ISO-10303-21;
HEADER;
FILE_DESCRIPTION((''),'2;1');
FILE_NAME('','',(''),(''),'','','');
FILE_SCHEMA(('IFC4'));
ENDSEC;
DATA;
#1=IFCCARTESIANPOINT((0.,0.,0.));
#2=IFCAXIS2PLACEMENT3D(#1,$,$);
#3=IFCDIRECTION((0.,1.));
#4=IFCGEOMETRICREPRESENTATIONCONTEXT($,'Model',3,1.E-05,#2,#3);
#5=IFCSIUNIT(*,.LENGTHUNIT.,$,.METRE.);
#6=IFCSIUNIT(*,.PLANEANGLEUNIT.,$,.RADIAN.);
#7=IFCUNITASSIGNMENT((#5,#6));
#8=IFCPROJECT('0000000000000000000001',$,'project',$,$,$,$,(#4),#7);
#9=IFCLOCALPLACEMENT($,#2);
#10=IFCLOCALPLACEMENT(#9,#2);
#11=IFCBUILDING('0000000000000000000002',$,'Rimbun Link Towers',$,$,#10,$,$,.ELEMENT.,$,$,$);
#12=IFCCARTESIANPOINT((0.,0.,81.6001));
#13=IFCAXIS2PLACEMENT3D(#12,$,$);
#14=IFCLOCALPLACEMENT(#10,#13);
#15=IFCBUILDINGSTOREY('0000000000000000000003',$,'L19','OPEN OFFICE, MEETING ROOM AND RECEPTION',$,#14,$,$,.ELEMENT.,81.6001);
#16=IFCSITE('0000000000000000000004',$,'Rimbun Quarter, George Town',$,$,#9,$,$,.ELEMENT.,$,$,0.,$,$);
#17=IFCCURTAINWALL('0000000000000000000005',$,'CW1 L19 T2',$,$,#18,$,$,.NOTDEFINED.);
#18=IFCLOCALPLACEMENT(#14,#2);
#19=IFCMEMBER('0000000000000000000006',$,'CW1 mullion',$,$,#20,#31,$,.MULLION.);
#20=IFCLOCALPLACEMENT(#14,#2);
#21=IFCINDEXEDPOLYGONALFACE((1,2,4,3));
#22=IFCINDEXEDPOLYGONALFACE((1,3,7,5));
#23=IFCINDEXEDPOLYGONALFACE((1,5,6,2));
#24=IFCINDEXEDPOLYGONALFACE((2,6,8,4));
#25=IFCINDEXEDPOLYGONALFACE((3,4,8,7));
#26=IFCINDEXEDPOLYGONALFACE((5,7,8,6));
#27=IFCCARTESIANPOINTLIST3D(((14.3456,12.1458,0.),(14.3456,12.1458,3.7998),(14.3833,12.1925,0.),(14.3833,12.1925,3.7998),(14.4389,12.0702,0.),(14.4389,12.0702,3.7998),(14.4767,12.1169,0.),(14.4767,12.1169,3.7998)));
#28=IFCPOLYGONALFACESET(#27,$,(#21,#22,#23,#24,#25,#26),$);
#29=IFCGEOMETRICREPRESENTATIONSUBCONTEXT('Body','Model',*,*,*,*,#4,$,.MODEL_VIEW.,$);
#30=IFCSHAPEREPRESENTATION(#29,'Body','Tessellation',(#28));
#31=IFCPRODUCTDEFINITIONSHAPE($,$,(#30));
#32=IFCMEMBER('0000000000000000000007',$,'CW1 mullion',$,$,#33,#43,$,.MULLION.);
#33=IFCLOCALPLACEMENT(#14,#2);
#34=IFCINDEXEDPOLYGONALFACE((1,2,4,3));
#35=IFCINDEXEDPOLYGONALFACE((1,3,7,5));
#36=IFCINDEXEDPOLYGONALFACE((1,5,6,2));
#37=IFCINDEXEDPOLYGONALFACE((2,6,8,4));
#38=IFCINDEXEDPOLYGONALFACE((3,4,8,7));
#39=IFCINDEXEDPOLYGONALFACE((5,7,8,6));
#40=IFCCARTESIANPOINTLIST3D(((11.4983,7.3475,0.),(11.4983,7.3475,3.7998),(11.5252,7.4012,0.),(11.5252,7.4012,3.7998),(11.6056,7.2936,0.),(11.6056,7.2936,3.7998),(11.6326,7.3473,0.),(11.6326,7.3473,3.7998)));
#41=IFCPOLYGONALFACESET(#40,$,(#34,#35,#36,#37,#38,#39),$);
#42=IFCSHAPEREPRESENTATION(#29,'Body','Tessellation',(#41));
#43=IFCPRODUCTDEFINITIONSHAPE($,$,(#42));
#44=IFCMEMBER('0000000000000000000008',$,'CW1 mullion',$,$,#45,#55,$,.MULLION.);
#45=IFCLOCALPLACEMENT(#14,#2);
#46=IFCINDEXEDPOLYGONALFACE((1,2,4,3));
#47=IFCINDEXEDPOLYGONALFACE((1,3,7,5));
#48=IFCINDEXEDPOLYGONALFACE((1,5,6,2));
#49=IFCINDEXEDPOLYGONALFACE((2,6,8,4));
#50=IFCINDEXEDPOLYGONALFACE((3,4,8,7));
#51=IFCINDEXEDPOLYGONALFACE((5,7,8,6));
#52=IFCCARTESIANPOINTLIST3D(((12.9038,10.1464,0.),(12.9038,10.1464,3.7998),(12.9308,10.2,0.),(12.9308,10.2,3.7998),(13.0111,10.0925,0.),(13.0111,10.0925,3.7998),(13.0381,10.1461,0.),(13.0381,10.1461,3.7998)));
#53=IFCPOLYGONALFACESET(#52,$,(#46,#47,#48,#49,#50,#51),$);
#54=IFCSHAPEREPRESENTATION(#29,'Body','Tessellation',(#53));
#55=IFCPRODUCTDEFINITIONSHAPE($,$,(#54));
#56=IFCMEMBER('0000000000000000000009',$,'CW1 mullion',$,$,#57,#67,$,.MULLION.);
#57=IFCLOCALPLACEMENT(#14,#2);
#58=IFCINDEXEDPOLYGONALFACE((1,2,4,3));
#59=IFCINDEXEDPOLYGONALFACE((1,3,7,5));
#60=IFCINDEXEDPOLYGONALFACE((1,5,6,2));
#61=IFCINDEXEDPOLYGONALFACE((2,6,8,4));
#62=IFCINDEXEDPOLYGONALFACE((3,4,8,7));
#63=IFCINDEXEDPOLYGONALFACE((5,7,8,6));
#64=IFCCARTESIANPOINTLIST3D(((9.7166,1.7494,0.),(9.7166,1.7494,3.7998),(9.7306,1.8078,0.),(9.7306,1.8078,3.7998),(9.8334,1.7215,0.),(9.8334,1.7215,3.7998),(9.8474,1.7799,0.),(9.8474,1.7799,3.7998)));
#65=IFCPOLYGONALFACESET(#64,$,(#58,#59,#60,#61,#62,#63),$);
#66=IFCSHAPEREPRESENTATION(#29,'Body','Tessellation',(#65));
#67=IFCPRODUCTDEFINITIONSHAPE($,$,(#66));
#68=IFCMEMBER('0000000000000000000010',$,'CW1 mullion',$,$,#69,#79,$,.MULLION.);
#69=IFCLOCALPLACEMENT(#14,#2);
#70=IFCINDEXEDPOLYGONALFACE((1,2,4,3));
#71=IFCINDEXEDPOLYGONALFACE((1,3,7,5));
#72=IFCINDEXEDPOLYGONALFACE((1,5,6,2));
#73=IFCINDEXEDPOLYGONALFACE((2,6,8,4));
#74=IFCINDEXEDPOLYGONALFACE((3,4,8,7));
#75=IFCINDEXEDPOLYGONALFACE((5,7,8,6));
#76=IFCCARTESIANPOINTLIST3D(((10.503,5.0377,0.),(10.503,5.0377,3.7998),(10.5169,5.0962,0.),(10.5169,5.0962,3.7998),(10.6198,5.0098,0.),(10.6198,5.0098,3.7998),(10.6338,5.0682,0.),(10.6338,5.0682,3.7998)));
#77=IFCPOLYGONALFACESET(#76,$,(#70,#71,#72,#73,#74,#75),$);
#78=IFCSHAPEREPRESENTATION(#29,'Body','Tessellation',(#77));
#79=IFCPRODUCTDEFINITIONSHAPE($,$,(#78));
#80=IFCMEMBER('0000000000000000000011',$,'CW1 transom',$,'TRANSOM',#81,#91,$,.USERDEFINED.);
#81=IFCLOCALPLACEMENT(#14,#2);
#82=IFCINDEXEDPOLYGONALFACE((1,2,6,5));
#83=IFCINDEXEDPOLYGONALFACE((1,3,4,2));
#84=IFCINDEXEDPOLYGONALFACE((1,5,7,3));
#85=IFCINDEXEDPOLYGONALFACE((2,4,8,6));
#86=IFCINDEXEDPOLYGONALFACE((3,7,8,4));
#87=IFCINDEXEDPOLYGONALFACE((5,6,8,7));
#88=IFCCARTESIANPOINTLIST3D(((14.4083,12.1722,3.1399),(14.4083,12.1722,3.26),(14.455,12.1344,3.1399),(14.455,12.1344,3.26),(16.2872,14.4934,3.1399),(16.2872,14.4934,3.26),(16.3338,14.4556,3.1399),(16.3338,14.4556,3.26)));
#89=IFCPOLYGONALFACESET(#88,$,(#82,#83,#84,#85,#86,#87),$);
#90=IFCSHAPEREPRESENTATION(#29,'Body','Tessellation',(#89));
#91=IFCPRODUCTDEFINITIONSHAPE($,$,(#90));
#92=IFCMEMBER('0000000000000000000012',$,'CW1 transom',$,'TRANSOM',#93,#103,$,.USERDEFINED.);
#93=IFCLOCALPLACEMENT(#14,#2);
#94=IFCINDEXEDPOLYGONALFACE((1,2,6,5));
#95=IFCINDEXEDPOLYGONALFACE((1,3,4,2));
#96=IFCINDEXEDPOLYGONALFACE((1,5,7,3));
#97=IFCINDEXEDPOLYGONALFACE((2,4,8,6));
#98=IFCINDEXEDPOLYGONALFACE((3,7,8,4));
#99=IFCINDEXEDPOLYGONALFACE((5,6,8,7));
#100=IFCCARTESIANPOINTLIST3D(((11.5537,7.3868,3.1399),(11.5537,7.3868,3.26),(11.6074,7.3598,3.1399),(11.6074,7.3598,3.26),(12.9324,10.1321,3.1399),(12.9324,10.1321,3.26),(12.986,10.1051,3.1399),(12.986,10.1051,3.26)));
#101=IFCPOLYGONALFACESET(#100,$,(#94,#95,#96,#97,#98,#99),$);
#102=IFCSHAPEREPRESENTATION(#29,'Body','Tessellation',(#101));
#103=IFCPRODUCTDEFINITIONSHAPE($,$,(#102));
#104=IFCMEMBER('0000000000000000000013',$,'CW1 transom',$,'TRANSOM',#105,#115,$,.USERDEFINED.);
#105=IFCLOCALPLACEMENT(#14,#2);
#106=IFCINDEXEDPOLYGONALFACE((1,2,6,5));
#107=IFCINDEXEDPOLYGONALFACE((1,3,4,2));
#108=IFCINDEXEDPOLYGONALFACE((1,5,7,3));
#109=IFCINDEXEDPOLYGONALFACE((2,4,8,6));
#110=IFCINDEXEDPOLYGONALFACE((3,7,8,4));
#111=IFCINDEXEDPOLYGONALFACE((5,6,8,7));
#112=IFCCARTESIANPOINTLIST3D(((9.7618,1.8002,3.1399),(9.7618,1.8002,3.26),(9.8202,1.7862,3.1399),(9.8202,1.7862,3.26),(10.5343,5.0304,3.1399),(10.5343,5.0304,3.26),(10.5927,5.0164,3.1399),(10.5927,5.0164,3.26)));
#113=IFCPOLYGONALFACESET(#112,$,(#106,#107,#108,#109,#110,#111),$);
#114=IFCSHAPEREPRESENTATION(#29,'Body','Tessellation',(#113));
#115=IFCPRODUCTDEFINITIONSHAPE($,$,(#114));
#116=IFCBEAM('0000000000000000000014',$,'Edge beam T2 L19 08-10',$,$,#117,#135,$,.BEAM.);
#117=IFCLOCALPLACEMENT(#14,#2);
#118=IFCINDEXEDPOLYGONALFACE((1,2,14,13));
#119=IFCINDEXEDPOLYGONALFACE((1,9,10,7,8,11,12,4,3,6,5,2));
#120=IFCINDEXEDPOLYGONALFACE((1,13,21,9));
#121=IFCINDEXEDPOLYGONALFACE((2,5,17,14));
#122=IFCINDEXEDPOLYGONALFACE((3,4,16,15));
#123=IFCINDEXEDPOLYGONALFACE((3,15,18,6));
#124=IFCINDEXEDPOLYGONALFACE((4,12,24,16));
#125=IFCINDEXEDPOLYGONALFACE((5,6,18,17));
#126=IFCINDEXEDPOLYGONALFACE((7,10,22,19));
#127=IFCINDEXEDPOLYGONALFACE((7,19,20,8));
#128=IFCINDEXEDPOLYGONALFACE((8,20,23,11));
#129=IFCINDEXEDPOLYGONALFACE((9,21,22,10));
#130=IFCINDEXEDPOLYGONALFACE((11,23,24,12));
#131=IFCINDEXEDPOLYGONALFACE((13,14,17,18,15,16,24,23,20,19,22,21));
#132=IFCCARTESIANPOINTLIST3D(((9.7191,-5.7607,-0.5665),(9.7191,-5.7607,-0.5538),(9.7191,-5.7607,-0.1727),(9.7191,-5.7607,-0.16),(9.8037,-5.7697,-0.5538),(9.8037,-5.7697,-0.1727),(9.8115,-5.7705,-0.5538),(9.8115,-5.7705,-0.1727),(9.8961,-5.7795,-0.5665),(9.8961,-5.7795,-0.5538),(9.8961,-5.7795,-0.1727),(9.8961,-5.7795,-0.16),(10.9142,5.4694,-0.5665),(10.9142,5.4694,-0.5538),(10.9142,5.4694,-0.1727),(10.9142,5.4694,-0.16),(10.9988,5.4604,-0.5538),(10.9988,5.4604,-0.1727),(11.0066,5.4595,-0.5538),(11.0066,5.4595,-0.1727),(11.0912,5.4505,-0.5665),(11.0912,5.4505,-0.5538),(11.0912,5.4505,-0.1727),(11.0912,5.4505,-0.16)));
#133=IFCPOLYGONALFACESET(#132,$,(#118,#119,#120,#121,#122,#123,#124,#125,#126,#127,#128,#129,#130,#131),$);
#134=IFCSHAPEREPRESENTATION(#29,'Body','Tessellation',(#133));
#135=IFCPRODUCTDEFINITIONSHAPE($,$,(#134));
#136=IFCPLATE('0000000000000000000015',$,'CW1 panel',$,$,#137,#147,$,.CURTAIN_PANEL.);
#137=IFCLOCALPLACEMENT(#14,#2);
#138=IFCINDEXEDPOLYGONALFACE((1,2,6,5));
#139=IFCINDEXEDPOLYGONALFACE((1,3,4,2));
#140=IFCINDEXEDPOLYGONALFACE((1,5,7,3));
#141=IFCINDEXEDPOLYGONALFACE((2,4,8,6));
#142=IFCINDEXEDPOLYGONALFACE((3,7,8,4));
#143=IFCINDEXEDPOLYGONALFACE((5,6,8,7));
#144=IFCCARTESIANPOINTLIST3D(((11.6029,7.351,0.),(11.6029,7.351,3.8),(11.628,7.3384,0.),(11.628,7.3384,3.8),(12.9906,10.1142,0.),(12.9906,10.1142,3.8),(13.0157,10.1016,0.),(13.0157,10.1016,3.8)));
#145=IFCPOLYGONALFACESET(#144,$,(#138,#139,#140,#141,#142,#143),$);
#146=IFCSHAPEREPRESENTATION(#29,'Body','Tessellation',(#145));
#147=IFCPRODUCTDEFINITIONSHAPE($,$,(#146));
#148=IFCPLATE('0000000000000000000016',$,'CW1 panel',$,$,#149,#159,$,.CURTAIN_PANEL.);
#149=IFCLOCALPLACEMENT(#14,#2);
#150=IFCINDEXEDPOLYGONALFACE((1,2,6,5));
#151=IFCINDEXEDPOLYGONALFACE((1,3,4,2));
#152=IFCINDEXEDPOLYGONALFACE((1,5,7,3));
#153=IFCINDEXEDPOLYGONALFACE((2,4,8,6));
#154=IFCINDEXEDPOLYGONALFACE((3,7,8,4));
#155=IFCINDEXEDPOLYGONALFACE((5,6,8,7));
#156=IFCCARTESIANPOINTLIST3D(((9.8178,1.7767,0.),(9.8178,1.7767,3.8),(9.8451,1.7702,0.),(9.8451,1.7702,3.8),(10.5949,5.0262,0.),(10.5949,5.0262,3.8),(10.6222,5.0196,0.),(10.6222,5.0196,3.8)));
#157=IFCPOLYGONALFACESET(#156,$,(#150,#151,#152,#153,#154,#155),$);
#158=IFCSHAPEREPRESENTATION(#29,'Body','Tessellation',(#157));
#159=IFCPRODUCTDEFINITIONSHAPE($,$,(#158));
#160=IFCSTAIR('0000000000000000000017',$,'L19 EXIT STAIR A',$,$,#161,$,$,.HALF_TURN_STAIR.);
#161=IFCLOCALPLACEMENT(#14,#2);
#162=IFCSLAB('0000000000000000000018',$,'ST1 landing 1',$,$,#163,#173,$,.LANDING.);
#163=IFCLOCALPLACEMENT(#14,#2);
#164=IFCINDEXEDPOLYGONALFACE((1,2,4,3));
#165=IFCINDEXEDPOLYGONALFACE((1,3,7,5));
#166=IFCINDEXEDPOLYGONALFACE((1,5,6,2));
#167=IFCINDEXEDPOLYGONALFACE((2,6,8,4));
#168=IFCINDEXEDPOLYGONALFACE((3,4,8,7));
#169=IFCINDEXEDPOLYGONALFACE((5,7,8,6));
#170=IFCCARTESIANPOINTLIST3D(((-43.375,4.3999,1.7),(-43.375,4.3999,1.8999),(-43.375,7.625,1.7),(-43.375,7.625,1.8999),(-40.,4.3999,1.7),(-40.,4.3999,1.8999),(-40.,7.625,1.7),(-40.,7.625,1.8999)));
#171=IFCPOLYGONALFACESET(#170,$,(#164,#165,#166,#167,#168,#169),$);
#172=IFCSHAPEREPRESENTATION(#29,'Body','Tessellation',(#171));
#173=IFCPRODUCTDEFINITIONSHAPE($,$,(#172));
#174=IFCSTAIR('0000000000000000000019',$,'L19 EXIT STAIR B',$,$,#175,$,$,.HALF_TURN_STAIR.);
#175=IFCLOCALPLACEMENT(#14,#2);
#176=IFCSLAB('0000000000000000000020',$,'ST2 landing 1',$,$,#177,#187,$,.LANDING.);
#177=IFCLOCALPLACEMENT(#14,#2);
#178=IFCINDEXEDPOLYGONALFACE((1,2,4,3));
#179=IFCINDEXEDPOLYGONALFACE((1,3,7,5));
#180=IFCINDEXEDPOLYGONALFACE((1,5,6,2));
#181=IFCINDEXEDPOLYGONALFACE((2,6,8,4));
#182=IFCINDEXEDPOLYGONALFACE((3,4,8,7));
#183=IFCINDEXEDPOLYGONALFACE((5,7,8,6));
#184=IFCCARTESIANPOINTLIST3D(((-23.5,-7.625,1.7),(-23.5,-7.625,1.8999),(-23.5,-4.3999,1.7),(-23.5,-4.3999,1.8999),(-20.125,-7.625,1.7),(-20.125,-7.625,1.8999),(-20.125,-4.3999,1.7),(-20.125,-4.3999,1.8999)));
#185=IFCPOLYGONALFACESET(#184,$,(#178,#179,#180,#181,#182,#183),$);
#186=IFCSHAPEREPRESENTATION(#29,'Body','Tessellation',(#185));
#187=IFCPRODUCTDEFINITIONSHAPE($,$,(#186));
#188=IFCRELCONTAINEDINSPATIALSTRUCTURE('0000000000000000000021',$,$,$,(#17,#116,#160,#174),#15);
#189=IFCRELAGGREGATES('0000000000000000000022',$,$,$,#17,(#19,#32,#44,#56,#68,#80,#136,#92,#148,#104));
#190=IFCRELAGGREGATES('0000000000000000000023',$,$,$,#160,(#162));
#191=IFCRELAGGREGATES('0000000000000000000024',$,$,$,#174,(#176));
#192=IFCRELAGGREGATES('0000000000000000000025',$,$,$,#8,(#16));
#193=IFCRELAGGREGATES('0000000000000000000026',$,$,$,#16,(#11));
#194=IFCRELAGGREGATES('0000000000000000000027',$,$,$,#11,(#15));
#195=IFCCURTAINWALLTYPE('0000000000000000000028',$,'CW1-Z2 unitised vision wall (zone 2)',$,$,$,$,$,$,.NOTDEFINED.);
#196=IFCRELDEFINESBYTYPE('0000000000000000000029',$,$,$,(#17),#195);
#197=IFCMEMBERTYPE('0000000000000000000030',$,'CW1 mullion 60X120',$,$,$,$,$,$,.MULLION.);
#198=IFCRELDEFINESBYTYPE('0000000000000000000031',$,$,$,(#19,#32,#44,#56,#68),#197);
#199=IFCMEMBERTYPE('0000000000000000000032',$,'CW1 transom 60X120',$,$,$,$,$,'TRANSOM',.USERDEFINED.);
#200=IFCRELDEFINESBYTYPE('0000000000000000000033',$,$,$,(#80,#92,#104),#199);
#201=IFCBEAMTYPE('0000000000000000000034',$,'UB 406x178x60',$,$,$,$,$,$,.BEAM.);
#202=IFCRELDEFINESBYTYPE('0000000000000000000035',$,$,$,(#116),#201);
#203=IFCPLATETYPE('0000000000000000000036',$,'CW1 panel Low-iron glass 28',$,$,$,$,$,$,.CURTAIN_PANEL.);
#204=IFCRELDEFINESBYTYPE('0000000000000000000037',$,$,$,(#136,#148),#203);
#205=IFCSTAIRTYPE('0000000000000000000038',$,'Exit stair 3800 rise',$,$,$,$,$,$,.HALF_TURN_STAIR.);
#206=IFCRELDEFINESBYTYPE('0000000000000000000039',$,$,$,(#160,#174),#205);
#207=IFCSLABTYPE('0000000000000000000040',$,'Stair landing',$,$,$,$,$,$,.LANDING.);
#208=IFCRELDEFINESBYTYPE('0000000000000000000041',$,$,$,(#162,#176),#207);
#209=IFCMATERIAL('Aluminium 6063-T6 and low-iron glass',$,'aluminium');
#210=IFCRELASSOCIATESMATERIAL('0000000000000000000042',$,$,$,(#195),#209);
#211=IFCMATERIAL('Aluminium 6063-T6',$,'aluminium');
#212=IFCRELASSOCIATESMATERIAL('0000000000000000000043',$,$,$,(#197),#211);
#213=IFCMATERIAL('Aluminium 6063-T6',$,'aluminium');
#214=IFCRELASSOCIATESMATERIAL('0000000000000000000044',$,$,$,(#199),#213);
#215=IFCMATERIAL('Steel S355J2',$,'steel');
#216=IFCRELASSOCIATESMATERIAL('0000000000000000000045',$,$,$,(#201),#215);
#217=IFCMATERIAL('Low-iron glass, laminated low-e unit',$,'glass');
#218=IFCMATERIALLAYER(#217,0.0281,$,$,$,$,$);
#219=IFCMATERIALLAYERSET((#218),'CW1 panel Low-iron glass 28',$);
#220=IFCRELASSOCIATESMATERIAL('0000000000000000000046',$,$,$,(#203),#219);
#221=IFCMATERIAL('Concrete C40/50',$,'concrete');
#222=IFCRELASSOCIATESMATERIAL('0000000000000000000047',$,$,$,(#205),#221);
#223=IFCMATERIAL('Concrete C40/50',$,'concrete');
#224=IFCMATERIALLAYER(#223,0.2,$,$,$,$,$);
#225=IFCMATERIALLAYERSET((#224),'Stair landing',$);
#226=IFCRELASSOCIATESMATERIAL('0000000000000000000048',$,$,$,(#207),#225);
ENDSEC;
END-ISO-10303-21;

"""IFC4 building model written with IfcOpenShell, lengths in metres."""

from ifc_helpers import new_model, si_unit, direction, frame, origin, origin_2d, place, context, subcontext, project, spatial, polyline, rectangle, i_section, outline, extrude, material, layer, layer_set, material_profile, profile_set, type_object, element, aggregate, save


model = new_model("IFC4")

# Units and contexts
model_context = context("Model", 3, precision=1e-05, world=origin(), true_north=direction((0.0, 1.0)))
body_context = subcontext(model_context, "Body", "Model", "MODEL_VIEW")
ifc_project = project(units=[si_unit("LENGTHUNIT", "METRE"), si_unit("PLANEANGLEUNIT", "RADIAN")], contexts=[model_context])

# Site, building, storey
site_placement = place(None, origin())
site = spatial("IfcSite", under=ifc_project, at=site_placement, Name="Rimbun Quarter, George Town", CompositionType="ELEMENT", RefElevation=0.0)
building_placement = place(site_placement, origin())
building = spatial("IfcBuilding", under=site, at=building_placement, Name="Rimbun Link Towers", CompositionType="ELEMENT")
storey_placement = place(building_placement, frame((0.0, 0.0, 81.6001)))
storey = spatial("IfcBuildingStorey", under=building, at=storey_placement, Name="L19", Description="OPEN OFFICE, MEETING ROOM AND RECEPTION", CompositionType="ELEMENT", Elevation=81.6001)

# Curtain wall, members
ifc_material_1 = material(Name="Aluminium 6063-T6 and low-iron glass", Category="aluminium")
curtain_wall_type = type_object("IfcCurtainWallType", Name="CW1-Z2 unitised vision wall (zone 2)", PredefinedType="NOTDEFINED", material=ifc_material_1)
curtain_wall_placement = place(storey_placement, origin())
curtain_wall = element("IfcCurtainWall", 1, at=curtain_wall_placement, inside=storey, type_object=curtain_wall_type, Name="CW1 L19 T2", PredefinedType="NOTDEFINED")
ifc_material_2 = material(Name="Aluminium 6063-T6", Category="aluminium")
ifc_material_profile_1 = material_profile(ifc_material_2, rectangle(XDim=0.1201, YDim=0.0601, at=origin_2d()), Name="MULLION 60X120")
ifc_profile_set_1 = profile_set([ifc_material_profile_1], Name="Aluminium 6063-T6")
member_type_1 = type_object("IfcMemberType", Name="CW1 mullion 60X120", PredefinedType="MULLION", material=ifc_profile_set_1)
member_1_placement = place(storey_placement, frame((14.4111, 12.1313, 0.0), z_axis=(0.0, 0.0, 1.0), x_axis=(-0.777276, 0.629159, 0.0)))
member_1 = element("IfcMember", 2, at=member_1_placement, type_object=member_type_1, Name="CW1 mullion", PredefinedType="MULLION", context=body_context, shape_type="SweptSolid", body=[
    extrude(rectangle(XDim=0.1201, YDim=0.0601, at=origin_2d()), origin(), (0.0, 0.0, 1.0), 3.7998),
])
member_2_placement = place(storey_placement, frame((11.5654, 7.3474, 0.0), z_axis=(0.0, 0.0, 1.0), x_axis=(-0.893637, 0.44879, 0.0)))
member_2 = element("IfcMember", 3, at=member_2_placement, type_object=member_type_1, Name="CW1 mullion", PredefinedType="MULLION", context=body_context, shape_type="SweptSolid", body=[
    extrude(rectangle(XDim=0.1201, YDim=0.0601, at=origin_2d()), origin(), (0.0, 0.0, 1.0), 3.7998),
])
member_3_placement = place(storey_placement, frame((12.9709, 10.1462, 0.0), z_axis=(0.0, 0.0, 1.0), x_axis=(-0.893637, 0.44879, 0.0)))
member_3 = element("IfcMember", 4, at=member_3_placement, type_object=member_type_1, Name="CW1 mullion", PredefinedType="MULLION", context=body_context, shape_type="SweptSolid", body=[
    extrude(rectangle(XDim=0.1201, YDim=0.0601, at=origin_2d()), origin(), (0.0, 0.0, 1.0), 3.7998),
])
member_4_placement = place(storey_placement, frame((9.782, 1.7646, 0.0), z_axis=(0.0, 0.0, 1.0), x_axis=(-0.972576, 0.232584, 0.0)))
member_4 = element("IfcMember", 5, at=member_4_placement, type_object=member_type_1, Name="CW1 mullion", PredefinedType="MULLION", context=body_context, shape_type="SweptSolid", body=[
    extrude(rectangle(XDim=0.1201, YDim=0.0601, at=origin_2d()), origin(), (0.0, 0.0, 1.0), 3.7998),
])
member_5_placement = place(storey_placement, frame((10.5684, 5.053, 0.0), z_axis=(0.0, 0.0, 1.0), x_axis=(-0.972576, 0.232584, 0.0)))
member_5 = element("IfcMember", 6, at=member_5_placement, type_object=member_type_1, Name="CW1 mullion", PredefinedType="MULLION", context=body_context, shape_type="SweptSolid", body=[
    extrude(rectangle(XDim=0.1201, YDim=0.0601, at=origin_2d()), origin(), (0.0, 0.0, 1.0), 3.7998),
])
ifc_material_3 = material(Name="Aluminium 6063-T6", Category="aluminium")
ifc_material_profile_2 = material_profile(ifc_material_3, rectangle(XDim=0.0601, YDim=0.1201, at=origin_2d()), Name="TRANSOM 60X120")
ifc_profile_set_2 = profile_set([ifc_material_profile_2], Name="Aluminium 6063-T6")
member_type_2 = type_object("IfcMemberType", Name="CW1 transom 60X120", ElementType="TRANSOM", PredefinedType="USERDEFINED", material=ifc_profile_set_2)
member_6_placement = place(storey_placement, frame((14.4316, 12.1533, 3.2), z_axis=(0.629151, 0.777283, 0.0), x_axis=(-0.777283, 0.629151, 0.0)))
member_6 = element("IfcMember", 7, at=member_6_placement, type_object=member_type_2, Name="CW1 transom", ObjectType="TRANSOM", PredefinedType="USERDEFINED", context=body_context, shape_type="SweptSolid", body=[
    extrude(rectangle(XDim=0.0601, YDim=0.1201, at=origin_2d()), origin(), (0.0, 0.0, 1.0), 2.9863),
])
member_7_placement = place(storey_placement, frame((11.5806, 7.3733, 3.2), z_axis=(0.448771, 0.893647, 0.0), x_axis=(-0.893647, 0.448771, 0.0)))
member_7 = element("IfcMember", 8, at=member_7_placement, type_object=member_type_2, Name="CW1 transom", ObjectType="TRANSOM", PredefinedType="USERDEFINED", context=body_context, shape_type="SweptSolid", body=[
    extrude(rectangle(XDim=0.0601, YDim=0.1201, at=origin_2d()), origin(), (0.0, 0.0, 1.0), 3.072),
])
member_8_placement = place(storey_placement, frame((9.791, 1.7932, 3.2), z_axis=(0.232578, 0.972578, 0.0), x_axis=(-0.972578, 0.232578, 0.0)))
member_8 = element("IfcMember", 9, at=member_8_placement, type_object=member_type_2, Name="CW1 transom", ObjectType="TRANSOM", PredefinedType="USERDEFINED", context=body_context, shape_type="SweptSolid", body=[
    extrude(rectangle(XDim=0.0601, YDim=0.1201, at=origin_2d()), origin(), (0.0, 0.0, 1.0), 3.3213),
])

# Beam
ifc_material_4 = material(Name="Steel S355J2", Category="steel")
ifc_material_profile_3 = material_profile(ifc_material_4, i_section(OverallWidth=0.178, OverallDepth=0.4065, WebThickness=0.0078, FlangeThickness=0.0127, at=origin_2d()), Name="UB 406x178x60")
ifc_profile_set_3 = profile_set([ifc_material_profile_3], Name="Steel S355J2")
beam_type = type_object("IfcBeamType", Name="UB 406x178x60", PredefinedType="BEAM", material=ifc_profile_set_3)
beam_placement = place(storey_placement, frame((11.0027, 5.46, -0.3633), z_axis=(-0.10582, -0.994385, 0.0), x_axis=(0.994385, -0.10582, 0.0)))
element("IfcBeam", 10, at=beam_placement, inside=storey, type_object=beam_type, Name="Edge beam T2 L19 08-10", PredefinedType="BEAM", context=body_context, shape_type="SweptSolid", body=[
    extrude(i_section(OverallWidth=0.178, OverallDepth=0.4065, WebThickness=0.0078, FlangeThickness=0.0127, at=origin_2d()), origin(), (0.0, 0.0, 1.0), 11.2935),
])

# Plates
ifc_material_5 = material(Name="Low-iron glass, laminated low-e unit", Category="glass")
ifc_layer_1 = layer(ifc_material_5, 0.0281)
ifc_layer_set_1 = layer_set([ifc_layer_1], Name="CW1 panel Low-iron glass 28")
plate_type = type_object("IfcPlateType", Name="CW1 panel Low-iron glass 28", PredefinedType="CURTAIN_PANEL", material=ifc_layer_set_1)
plate_1_placement = place(storey_placement, frame((12.3093, 8.7263, 0.0), z_axis=(0.0, 0.0, 1.0), x_axis=(0.44879, 0.893637, 0.0)))
plate_1 = element("IfcPlate", 11, at=plate_1_placement, type_object=plate_type, Name="CW1 panel", PredefinedType="CURTAIN_PANEL", context=body_context, shape_type="SweptSolid", body=[
    extrude(rectangle(XDim=3.092, YDim=0.0281, at=origin_2d()), origin(), (0.0, 0.0, 1.0), 3.8),
])
plate_2_placement = place(storey_placement, frame((10.22, 3.3982, 0.0), z_axis=(0.0, 0.0, 1.0), x_axis=(0.232584, 0.972576, 0.0)))
plate_2 = element("IfcPlate", 12, at=plate_2_placement, type_object=plate_type, Name="CW1 panel", PredefinedType="CURTAIN_PANEL", context=body_context, shape_type="SweptSolid", body=[
    extrude(rectangle(XDim=3.3411, YDim=0.0281, at=origin_2d()), origin(), (0.0, 0.0, 1.0), 3.8),
])
aggregate(curtain_wall, [member_1, member_2, member_3, member_4, member_5, member_6, plate_1, member_7, plate_2, member_8])

# Stairs, slabs
ifc_material_6 = material(Name="Concrete C40/50", Category="concrete")
stair_type = type_object("IfcStairType", Name="Exit stair 3800 rise", PredefinedType="HALF_TURN_STAIR", material=ifc_material_6)
stair_1_placement = place(storey_placement, origin())
stair_1 = element("IfcStair", 13, at=stair_1_placement, inside=storey, type_object=stair_type, Name="L19 EXIT STAIR A", PredefinedType="HALF_TURN_STAIR")
ifc_material_7 = material(Name="Concrete C40/50", Category="concrete")
ifc_layer_2 = layer(ifc_material_7, 0.2)
ifc_layer_set_2 = layer_set([ifc_layer_2], Name="Stair landing")
slab_type = type_object("IfcSlabType", Name="Stair landing", PredefinedType="LANDING", material=ifc_layer_set_2)
slab_1_placement = place(storey_placement, frame((0.0, 0.0, 1.7)))
slab_1 = element("IfcSlab", 14, at=slab_1_placement, type_object=slab_type, Name="ST1 landing 1", PredefinedType="LANDING", context=body_context, shape_type="SweptSolid", body=[
    extrude(outline(polyline([(-40.0, 7.625), (-43.375, 7.625), (-43.375, 4.3999), (-40.0, 4.3999), (-40.0, 7.625)])), origin(), (0.0, 0.0, 1.0), 0.2),
])
aggregate(stair_1, [slab_1])
stair_2_placement = place(storey_placement, origin())
stair_2 = element("IfcStair", 15, at=stair_2_placement, inside=storey, type_object=stair_type, Name="L19 EXIT STAIR B", PredefinedType="HALF_TURN_STAIR")
slab_2_placement = place(storey_placement, frame((0.0, 0.0, 1.7)))
slab_2 = element("IfcSlab", 16, at=slab_2_placement, type_object=slab_type, Name="ST2 landing 1", PredefinedType="LANDING", context=body_context, shape_type="SweptSolid", body=[
    extrude(outline(polyline([(-23.5, -7.625), (-20.125, -7.625), (-20.125, -4.3999), (-23.5, -4.3999), (-23.5, -7.625)])), origin(), (0.0, 0.0, 1.0), 0.2),
])
aggregate(stair_2, [slab_2])

save(model, "model.ifc")
